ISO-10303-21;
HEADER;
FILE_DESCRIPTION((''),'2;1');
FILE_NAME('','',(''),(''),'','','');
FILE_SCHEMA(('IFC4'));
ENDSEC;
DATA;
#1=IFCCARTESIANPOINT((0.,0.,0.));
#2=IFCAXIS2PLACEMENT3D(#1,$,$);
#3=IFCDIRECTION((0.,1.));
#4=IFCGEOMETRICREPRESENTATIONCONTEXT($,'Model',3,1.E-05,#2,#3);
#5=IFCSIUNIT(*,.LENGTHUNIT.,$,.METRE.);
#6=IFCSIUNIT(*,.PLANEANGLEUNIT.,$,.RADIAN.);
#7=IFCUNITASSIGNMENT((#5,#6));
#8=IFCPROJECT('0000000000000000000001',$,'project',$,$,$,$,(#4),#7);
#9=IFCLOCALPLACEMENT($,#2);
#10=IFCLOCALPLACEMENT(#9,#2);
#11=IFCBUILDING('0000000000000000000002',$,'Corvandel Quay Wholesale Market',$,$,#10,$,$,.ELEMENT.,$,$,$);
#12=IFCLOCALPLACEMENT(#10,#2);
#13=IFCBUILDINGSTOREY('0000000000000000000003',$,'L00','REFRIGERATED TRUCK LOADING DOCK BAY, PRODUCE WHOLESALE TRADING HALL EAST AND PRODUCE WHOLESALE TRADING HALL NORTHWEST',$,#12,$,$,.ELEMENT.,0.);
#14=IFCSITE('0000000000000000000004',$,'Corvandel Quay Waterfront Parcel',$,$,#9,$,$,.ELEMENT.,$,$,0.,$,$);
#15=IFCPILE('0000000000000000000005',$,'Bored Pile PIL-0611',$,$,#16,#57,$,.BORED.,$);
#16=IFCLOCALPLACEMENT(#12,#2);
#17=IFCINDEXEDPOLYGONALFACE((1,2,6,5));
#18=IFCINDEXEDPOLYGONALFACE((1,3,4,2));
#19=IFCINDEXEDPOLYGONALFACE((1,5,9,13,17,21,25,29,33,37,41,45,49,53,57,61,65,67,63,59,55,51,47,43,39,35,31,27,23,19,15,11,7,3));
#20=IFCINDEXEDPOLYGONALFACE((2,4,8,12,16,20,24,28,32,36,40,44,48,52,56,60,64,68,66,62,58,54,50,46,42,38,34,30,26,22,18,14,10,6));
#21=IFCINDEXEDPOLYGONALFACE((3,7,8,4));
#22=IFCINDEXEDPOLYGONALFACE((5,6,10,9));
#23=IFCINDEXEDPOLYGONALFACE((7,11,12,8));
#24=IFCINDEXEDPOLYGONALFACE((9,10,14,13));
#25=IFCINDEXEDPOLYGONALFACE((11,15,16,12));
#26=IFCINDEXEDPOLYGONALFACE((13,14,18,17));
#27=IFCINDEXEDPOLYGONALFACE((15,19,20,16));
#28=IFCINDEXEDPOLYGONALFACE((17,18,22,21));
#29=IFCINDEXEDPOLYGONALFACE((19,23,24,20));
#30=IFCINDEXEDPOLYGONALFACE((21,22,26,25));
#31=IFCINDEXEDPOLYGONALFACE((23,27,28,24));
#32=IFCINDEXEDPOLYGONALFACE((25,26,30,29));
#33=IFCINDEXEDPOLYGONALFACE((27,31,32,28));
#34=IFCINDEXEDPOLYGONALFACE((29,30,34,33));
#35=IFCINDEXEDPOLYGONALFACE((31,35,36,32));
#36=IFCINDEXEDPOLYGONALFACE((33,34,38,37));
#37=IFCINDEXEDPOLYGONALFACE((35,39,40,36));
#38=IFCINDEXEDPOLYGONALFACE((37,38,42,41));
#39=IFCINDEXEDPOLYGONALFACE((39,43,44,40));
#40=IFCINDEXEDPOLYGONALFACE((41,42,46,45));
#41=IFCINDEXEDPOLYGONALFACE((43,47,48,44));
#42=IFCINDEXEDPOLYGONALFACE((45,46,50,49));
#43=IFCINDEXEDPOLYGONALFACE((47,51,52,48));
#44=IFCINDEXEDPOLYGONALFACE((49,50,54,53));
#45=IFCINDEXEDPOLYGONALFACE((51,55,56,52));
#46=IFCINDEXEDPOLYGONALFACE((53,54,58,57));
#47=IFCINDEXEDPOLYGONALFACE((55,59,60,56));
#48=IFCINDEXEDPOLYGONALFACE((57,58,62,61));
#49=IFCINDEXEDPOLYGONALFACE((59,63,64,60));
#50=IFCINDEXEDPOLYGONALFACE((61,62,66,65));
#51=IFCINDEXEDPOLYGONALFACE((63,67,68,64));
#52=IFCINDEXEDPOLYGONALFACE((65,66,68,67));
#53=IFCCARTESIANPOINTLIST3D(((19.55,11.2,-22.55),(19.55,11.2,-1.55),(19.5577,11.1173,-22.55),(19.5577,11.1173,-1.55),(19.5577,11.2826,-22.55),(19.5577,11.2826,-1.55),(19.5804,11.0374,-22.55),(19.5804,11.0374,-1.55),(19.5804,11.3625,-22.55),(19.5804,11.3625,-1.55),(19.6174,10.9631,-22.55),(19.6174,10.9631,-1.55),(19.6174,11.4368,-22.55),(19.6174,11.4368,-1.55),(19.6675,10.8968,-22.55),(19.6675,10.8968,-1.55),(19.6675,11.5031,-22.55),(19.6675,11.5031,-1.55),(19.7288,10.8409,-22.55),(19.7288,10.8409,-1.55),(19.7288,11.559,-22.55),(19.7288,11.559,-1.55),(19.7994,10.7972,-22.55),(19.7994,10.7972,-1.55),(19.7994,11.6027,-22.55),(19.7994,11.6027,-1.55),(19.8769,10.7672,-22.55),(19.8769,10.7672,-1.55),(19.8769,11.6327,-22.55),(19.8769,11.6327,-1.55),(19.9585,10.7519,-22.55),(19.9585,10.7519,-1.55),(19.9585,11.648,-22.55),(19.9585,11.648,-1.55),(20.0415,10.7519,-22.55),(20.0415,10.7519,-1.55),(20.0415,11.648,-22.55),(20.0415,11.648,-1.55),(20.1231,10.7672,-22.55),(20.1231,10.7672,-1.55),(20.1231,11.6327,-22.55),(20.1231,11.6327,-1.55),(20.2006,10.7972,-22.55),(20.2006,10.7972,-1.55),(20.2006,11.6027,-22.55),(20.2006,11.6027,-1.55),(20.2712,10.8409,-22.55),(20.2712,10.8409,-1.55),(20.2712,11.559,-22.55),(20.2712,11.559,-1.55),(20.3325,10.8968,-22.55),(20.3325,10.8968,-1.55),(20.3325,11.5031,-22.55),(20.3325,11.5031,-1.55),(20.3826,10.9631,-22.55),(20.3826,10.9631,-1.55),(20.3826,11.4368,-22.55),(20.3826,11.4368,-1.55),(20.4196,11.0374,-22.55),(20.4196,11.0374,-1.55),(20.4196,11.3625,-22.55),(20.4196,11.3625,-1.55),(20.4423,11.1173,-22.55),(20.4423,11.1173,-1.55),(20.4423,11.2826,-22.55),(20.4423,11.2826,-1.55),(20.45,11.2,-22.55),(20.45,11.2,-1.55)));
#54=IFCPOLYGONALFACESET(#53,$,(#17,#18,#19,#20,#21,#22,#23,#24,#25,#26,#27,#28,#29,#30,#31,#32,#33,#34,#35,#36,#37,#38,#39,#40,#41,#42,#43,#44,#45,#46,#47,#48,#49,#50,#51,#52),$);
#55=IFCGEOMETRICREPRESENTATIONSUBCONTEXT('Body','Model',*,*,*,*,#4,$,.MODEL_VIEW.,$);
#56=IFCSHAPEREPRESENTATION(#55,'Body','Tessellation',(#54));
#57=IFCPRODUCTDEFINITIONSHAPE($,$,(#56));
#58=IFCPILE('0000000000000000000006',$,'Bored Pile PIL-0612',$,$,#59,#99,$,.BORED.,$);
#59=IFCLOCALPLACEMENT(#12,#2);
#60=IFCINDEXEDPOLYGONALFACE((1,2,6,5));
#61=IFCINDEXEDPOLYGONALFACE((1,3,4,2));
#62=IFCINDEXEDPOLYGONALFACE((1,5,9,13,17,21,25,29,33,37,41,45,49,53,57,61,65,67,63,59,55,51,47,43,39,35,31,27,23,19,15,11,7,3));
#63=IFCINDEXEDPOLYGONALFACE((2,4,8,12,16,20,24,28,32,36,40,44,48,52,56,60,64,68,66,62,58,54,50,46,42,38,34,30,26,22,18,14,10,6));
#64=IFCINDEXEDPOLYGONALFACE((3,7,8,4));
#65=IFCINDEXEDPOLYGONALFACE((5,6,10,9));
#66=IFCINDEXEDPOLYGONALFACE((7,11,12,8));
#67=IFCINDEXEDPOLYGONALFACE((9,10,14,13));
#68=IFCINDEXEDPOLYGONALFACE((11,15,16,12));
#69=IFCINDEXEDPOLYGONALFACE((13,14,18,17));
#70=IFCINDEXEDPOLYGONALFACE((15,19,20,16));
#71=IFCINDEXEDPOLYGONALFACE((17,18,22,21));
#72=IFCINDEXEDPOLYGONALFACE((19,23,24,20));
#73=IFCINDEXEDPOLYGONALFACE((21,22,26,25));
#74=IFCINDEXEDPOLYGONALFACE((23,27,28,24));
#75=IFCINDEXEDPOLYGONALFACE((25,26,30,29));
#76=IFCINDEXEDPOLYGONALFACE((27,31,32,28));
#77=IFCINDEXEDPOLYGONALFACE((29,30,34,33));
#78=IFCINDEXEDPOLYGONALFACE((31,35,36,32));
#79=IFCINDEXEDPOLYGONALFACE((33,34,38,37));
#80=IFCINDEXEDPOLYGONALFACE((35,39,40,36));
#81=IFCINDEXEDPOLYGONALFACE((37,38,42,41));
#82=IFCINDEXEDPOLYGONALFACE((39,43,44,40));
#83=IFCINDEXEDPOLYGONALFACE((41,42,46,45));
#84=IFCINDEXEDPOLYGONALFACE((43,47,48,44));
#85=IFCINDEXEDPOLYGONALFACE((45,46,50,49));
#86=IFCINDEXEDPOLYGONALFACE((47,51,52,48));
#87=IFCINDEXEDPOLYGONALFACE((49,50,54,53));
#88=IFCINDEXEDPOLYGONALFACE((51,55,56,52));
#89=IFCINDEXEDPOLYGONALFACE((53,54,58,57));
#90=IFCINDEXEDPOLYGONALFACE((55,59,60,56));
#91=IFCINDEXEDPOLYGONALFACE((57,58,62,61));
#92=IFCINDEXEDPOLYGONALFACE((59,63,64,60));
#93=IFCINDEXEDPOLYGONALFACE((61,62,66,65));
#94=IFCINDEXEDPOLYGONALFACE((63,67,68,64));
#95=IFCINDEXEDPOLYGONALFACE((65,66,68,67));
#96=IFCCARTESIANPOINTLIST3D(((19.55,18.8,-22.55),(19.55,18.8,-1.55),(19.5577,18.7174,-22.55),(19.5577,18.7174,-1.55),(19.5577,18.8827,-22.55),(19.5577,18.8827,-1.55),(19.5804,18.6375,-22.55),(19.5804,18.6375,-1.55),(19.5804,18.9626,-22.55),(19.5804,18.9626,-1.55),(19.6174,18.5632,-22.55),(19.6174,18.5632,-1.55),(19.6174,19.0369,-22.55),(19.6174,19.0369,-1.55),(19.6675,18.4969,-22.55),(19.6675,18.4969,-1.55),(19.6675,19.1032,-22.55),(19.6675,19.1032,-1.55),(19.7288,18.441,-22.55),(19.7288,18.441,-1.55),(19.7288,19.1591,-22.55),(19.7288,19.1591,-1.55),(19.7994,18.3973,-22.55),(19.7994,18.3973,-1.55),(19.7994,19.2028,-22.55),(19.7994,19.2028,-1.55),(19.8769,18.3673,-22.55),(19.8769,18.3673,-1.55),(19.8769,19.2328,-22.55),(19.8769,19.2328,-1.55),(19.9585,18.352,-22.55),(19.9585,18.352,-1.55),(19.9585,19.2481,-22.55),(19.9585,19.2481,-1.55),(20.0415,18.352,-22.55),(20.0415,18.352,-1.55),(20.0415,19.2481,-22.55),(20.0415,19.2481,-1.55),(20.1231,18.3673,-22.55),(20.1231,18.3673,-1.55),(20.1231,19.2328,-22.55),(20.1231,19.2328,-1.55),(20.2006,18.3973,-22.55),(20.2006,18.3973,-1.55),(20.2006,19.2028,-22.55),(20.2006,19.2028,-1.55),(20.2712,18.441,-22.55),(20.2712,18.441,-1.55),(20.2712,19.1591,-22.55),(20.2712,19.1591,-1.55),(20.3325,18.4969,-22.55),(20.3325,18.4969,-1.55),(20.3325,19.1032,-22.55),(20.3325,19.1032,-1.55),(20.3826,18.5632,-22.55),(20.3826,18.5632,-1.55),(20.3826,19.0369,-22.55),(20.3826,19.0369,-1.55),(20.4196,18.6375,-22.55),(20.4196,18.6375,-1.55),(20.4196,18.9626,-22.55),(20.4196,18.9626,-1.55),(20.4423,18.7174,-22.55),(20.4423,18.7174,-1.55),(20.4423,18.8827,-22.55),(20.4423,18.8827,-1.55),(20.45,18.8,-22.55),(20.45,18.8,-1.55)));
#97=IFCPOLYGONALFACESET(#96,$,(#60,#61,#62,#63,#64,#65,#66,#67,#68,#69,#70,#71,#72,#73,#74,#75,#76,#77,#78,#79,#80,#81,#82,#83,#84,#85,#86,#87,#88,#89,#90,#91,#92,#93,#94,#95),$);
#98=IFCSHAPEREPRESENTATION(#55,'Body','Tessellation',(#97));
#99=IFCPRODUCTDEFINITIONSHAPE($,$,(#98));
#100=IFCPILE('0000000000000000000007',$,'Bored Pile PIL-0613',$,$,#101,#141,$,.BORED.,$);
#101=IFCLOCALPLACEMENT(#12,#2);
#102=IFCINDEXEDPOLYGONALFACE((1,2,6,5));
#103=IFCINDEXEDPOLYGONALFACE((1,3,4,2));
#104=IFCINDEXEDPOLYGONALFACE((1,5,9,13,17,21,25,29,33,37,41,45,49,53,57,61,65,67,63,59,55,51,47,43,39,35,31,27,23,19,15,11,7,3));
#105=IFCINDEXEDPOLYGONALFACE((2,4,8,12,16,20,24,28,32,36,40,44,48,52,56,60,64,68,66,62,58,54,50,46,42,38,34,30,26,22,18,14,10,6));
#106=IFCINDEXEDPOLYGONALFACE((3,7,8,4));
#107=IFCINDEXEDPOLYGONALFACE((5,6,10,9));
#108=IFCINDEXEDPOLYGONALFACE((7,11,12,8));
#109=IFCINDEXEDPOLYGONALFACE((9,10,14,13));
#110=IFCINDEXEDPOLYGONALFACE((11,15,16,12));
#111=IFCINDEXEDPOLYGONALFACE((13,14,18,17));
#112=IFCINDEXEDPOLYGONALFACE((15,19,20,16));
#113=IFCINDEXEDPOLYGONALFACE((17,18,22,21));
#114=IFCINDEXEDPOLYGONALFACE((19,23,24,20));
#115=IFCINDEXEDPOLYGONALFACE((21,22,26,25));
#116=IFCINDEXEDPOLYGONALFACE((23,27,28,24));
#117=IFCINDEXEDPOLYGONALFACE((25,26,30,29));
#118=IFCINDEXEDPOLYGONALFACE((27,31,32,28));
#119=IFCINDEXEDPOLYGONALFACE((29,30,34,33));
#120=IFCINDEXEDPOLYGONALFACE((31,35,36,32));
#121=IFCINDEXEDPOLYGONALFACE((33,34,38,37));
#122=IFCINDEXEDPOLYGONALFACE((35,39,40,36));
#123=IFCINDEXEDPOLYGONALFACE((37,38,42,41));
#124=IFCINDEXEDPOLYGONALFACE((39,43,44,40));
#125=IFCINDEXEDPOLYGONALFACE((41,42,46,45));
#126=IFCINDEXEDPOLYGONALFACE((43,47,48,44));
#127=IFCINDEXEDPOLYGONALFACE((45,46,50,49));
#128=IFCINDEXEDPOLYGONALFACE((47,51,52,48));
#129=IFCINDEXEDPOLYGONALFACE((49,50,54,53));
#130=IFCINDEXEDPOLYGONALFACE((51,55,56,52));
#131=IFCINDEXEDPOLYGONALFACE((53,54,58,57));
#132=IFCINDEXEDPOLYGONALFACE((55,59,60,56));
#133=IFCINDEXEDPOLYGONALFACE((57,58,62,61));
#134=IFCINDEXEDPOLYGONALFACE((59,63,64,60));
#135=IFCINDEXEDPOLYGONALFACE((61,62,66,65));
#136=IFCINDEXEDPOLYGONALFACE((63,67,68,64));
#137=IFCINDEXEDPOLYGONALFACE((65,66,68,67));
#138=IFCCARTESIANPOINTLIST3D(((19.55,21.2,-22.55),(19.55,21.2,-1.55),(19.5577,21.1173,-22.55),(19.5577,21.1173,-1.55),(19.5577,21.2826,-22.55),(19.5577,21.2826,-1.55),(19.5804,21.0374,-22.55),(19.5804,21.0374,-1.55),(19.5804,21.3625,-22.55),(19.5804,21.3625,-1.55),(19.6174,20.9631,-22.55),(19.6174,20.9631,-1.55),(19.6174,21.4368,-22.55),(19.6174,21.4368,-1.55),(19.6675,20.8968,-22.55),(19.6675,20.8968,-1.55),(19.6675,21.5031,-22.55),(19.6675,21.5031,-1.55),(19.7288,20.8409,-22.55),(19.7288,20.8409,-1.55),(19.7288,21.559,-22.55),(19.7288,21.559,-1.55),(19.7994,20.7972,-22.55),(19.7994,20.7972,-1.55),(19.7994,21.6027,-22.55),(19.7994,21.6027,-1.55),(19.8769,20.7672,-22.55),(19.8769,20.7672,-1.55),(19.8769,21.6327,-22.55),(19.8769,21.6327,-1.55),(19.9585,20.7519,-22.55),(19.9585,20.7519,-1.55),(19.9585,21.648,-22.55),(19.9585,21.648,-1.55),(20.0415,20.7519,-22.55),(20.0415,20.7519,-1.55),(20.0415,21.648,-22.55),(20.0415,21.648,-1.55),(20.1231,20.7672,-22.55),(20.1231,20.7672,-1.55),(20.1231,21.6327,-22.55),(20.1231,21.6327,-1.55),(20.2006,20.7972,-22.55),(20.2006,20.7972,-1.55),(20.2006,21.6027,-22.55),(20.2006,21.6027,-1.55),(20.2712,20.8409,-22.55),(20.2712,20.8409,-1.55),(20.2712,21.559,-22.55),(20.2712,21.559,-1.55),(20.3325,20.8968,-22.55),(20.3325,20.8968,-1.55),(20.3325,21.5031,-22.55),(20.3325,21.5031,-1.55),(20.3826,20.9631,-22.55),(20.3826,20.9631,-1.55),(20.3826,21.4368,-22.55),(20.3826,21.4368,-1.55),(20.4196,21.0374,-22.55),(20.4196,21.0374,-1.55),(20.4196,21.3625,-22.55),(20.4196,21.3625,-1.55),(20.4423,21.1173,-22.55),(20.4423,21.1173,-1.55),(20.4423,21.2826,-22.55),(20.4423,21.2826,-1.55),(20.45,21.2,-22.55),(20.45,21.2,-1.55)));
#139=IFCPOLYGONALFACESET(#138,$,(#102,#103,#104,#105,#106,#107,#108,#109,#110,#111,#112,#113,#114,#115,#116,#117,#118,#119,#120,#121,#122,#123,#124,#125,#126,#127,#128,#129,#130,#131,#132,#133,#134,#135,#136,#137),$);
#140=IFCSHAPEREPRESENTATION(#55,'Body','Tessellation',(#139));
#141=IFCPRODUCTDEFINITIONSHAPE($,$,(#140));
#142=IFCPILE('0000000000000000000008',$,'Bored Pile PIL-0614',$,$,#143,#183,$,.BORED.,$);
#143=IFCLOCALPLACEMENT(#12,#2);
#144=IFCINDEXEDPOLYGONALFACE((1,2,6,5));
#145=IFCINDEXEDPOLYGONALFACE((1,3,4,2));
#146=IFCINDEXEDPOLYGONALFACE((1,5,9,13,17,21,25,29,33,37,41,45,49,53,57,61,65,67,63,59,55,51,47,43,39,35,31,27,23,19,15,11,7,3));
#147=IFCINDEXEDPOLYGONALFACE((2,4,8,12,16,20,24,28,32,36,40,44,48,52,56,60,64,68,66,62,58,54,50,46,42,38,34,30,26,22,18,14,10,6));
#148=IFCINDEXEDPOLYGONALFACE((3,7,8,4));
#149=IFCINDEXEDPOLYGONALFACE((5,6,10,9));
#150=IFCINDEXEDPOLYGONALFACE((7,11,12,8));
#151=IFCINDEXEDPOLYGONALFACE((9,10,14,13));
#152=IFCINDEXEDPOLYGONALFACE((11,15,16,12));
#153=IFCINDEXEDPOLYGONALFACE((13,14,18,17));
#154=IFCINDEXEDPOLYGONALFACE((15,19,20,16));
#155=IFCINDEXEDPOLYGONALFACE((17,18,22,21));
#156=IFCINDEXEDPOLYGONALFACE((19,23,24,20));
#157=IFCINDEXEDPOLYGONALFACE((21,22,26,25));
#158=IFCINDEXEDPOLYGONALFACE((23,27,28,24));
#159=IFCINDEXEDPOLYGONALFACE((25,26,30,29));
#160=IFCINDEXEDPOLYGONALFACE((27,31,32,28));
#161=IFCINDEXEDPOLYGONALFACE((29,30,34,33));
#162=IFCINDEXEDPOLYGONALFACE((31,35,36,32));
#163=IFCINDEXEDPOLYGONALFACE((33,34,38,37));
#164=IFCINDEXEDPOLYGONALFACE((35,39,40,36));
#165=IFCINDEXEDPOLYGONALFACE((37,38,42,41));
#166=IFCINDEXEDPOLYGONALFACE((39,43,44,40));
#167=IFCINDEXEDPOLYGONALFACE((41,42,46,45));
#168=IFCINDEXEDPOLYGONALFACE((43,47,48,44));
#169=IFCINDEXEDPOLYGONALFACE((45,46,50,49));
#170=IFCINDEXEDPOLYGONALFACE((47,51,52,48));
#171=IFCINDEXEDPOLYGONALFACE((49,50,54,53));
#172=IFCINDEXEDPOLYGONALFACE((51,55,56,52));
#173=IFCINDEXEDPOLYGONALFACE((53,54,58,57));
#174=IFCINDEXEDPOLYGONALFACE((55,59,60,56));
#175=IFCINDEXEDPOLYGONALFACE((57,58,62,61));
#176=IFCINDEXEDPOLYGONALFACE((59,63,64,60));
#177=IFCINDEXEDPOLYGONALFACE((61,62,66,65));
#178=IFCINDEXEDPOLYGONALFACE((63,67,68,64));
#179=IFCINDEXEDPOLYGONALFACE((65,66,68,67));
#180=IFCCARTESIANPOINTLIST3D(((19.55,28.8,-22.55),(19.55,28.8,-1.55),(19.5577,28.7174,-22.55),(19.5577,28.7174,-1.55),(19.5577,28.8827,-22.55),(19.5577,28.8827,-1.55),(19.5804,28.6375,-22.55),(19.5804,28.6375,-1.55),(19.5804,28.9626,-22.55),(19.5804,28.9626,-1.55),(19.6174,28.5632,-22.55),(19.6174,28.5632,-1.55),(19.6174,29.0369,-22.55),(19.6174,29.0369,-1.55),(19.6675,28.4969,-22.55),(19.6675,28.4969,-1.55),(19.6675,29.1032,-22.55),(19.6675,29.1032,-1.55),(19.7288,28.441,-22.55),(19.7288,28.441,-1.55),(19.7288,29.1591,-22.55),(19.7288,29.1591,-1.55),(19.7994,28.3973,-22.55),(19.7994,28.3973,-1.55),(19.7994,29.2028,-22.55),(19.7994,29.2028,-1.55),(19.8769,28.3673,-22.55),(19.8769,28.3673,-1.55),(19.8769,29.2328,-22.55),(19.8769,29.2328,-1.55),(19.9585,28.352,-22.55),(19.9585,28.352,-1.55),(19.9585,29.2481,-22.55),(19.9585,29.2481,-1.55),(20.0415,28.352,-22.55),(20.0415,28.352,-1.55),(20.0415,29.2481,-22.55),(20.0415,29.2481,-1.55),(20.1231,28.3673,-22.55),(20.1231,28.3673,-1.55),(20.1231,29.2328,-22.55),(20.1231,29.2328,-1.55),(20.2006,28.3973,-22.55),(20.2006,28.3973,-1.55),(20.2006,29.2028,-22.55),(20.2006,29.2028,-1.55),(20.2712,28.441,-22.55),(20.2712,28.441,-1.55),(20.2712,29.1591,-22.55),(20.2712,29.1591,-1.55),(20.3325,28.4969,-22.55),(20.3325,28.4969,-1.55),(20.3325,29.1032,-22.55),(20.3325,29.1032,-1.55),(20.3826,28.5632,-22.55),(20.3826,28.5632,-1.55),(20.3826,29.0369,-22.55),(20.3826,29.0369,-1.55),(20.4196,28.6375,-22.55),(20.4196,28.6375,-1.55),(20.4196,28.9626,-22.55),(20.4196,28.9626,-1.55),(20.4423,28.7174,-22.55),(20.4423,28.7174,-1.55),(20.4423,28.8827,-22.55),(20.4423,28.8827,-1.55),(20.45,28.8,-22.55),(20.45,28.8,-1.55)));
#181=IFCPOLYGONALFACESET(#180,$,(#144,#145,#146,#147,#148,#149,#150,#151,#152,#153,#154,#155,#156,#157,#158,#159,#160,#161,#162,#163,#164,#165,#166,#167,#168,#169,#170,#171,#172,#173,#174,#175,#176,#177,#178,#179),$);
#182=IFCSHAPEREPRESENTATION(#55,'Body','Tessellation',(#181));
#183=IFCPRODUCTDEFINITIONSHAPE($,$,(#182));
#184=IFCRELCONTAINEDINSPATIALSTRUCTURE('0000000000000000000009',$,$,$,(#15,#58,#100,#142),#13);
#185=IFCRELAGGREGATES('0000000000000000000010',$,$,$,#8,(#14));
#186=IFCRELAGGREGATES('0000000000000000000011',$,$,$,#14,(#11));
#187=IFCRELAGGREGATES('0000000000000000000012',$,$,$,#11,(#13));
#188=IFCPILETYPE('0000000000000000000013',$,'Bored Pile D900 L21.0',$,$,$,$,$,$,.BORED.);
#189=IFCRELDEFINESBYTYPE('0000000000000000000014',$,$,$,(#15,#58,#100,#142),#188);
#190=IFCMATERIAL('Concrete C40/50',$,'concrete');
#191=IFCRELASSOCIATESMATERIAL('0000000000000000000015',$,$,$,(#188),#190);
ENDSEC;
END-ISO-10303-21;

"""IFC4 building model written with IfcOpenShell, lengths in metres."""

from ifc_helpers import new_model, si_unit, direction, frame, origin, origin_2d, place, context, subcontext, project, spatial, circle, extrude, material, material_profile, profile_set, type_object, element, save


model = new_model("IFC4")

# Units and contexts
model_context = context("Model", 3, precision=1e-05, world=origin(), true_north=direction((0.0, 1.0)))
body_context = subcontext(model_context, "Body", "Model", "MODEL_VIEW")
ifc_project = project(units=[si_unit("LENGTHUNIT", "METRE"), si_unit("PLANEANGLEUNIT", "RADIAN")], contexts=[model_context])

# Site, building, storey
site_placement = place(None, origin())
site = spatial("IfcSite", under=ifc_project, at=site_placement, Name="Corvandel Quay Waterfront Parcel", CompositionType="ELEMENT", RefElevation=0.0)
building_placement = place(site_placement, origin())
building = spatial("IfcBuilding", under=site, at=building_placement, Name="Corvandel Quay Wholesale Market", CompositionType="ELEMENT")
storey_placement = place(building_placement, origin())
storey = spatial("IfcBuildingStorey", under=building, at=storey_placement, Name="L00", Description="REFRIGERATED TRUCK LOADING DOCK BAY, PRODUCE WHOLESALE TRADING HALL EAST AND PRODUCE WHOLESALE TRADING HALL NORTHWEST", CompositionType="ELEMENT", Elevation=0.0)

# Piles
ifc_material_1 = material(Name="Concrete C40/50", Category="concrete")
ifc_material_profile_1 = material_profile(ifc_material_1, circle(Radius=0.45, at=origin_2d()), Name="RC-PILE-D900")
ifc_profile_set_1 = profile_set([ifc_material_profile_1], Name="Concrete C40/50")
pile_type_1 = type_object("IfcPileType", Name="Bored Pile D900 L21.0", PredefinedType="BORED", material=ifc_profile_set_1)
for number, where, z_axis, x_axis, name in (
    (1, (20.0, 11.2, -1.55), (0.0, 0.0, -1.0), (1.0, 0.0, 0.0), "Bored Pile PIL-0611"),
    (2, (20.0, 18.8, -1.55), (0.0, 0.0, -1.0), (1.0, 0.0, 0.0), "Bored Pile PIL-0612"),
    (3, (20.0, 21.2, -1.55), (0.0, 0.0, -1.0), (1.0, 0.0, 0.0), "Bored Pile PIL-0613"),
    (4, (20.0, 28.8, -1.55), (0.0, 0.0, -1.0), (1.0, 0.0, 0.0), "Bored Pile PIL-0614"),
):
    element("IfcPile", number, at=place(storey_placement, frame(where, z_axis=z_axis, x_axis=x_axis)), inside=storey, type_object=pile_type_1, Name=name, PredefinedType="BORED", context=body_context, shape_type="SweptSolid", body=[
        extrude(circle(Radius=0.45, at=origin_2d()), origin(), (0.0, 0.0, 1.0), 21.0),
    ])

save(model, "model.ifc")
